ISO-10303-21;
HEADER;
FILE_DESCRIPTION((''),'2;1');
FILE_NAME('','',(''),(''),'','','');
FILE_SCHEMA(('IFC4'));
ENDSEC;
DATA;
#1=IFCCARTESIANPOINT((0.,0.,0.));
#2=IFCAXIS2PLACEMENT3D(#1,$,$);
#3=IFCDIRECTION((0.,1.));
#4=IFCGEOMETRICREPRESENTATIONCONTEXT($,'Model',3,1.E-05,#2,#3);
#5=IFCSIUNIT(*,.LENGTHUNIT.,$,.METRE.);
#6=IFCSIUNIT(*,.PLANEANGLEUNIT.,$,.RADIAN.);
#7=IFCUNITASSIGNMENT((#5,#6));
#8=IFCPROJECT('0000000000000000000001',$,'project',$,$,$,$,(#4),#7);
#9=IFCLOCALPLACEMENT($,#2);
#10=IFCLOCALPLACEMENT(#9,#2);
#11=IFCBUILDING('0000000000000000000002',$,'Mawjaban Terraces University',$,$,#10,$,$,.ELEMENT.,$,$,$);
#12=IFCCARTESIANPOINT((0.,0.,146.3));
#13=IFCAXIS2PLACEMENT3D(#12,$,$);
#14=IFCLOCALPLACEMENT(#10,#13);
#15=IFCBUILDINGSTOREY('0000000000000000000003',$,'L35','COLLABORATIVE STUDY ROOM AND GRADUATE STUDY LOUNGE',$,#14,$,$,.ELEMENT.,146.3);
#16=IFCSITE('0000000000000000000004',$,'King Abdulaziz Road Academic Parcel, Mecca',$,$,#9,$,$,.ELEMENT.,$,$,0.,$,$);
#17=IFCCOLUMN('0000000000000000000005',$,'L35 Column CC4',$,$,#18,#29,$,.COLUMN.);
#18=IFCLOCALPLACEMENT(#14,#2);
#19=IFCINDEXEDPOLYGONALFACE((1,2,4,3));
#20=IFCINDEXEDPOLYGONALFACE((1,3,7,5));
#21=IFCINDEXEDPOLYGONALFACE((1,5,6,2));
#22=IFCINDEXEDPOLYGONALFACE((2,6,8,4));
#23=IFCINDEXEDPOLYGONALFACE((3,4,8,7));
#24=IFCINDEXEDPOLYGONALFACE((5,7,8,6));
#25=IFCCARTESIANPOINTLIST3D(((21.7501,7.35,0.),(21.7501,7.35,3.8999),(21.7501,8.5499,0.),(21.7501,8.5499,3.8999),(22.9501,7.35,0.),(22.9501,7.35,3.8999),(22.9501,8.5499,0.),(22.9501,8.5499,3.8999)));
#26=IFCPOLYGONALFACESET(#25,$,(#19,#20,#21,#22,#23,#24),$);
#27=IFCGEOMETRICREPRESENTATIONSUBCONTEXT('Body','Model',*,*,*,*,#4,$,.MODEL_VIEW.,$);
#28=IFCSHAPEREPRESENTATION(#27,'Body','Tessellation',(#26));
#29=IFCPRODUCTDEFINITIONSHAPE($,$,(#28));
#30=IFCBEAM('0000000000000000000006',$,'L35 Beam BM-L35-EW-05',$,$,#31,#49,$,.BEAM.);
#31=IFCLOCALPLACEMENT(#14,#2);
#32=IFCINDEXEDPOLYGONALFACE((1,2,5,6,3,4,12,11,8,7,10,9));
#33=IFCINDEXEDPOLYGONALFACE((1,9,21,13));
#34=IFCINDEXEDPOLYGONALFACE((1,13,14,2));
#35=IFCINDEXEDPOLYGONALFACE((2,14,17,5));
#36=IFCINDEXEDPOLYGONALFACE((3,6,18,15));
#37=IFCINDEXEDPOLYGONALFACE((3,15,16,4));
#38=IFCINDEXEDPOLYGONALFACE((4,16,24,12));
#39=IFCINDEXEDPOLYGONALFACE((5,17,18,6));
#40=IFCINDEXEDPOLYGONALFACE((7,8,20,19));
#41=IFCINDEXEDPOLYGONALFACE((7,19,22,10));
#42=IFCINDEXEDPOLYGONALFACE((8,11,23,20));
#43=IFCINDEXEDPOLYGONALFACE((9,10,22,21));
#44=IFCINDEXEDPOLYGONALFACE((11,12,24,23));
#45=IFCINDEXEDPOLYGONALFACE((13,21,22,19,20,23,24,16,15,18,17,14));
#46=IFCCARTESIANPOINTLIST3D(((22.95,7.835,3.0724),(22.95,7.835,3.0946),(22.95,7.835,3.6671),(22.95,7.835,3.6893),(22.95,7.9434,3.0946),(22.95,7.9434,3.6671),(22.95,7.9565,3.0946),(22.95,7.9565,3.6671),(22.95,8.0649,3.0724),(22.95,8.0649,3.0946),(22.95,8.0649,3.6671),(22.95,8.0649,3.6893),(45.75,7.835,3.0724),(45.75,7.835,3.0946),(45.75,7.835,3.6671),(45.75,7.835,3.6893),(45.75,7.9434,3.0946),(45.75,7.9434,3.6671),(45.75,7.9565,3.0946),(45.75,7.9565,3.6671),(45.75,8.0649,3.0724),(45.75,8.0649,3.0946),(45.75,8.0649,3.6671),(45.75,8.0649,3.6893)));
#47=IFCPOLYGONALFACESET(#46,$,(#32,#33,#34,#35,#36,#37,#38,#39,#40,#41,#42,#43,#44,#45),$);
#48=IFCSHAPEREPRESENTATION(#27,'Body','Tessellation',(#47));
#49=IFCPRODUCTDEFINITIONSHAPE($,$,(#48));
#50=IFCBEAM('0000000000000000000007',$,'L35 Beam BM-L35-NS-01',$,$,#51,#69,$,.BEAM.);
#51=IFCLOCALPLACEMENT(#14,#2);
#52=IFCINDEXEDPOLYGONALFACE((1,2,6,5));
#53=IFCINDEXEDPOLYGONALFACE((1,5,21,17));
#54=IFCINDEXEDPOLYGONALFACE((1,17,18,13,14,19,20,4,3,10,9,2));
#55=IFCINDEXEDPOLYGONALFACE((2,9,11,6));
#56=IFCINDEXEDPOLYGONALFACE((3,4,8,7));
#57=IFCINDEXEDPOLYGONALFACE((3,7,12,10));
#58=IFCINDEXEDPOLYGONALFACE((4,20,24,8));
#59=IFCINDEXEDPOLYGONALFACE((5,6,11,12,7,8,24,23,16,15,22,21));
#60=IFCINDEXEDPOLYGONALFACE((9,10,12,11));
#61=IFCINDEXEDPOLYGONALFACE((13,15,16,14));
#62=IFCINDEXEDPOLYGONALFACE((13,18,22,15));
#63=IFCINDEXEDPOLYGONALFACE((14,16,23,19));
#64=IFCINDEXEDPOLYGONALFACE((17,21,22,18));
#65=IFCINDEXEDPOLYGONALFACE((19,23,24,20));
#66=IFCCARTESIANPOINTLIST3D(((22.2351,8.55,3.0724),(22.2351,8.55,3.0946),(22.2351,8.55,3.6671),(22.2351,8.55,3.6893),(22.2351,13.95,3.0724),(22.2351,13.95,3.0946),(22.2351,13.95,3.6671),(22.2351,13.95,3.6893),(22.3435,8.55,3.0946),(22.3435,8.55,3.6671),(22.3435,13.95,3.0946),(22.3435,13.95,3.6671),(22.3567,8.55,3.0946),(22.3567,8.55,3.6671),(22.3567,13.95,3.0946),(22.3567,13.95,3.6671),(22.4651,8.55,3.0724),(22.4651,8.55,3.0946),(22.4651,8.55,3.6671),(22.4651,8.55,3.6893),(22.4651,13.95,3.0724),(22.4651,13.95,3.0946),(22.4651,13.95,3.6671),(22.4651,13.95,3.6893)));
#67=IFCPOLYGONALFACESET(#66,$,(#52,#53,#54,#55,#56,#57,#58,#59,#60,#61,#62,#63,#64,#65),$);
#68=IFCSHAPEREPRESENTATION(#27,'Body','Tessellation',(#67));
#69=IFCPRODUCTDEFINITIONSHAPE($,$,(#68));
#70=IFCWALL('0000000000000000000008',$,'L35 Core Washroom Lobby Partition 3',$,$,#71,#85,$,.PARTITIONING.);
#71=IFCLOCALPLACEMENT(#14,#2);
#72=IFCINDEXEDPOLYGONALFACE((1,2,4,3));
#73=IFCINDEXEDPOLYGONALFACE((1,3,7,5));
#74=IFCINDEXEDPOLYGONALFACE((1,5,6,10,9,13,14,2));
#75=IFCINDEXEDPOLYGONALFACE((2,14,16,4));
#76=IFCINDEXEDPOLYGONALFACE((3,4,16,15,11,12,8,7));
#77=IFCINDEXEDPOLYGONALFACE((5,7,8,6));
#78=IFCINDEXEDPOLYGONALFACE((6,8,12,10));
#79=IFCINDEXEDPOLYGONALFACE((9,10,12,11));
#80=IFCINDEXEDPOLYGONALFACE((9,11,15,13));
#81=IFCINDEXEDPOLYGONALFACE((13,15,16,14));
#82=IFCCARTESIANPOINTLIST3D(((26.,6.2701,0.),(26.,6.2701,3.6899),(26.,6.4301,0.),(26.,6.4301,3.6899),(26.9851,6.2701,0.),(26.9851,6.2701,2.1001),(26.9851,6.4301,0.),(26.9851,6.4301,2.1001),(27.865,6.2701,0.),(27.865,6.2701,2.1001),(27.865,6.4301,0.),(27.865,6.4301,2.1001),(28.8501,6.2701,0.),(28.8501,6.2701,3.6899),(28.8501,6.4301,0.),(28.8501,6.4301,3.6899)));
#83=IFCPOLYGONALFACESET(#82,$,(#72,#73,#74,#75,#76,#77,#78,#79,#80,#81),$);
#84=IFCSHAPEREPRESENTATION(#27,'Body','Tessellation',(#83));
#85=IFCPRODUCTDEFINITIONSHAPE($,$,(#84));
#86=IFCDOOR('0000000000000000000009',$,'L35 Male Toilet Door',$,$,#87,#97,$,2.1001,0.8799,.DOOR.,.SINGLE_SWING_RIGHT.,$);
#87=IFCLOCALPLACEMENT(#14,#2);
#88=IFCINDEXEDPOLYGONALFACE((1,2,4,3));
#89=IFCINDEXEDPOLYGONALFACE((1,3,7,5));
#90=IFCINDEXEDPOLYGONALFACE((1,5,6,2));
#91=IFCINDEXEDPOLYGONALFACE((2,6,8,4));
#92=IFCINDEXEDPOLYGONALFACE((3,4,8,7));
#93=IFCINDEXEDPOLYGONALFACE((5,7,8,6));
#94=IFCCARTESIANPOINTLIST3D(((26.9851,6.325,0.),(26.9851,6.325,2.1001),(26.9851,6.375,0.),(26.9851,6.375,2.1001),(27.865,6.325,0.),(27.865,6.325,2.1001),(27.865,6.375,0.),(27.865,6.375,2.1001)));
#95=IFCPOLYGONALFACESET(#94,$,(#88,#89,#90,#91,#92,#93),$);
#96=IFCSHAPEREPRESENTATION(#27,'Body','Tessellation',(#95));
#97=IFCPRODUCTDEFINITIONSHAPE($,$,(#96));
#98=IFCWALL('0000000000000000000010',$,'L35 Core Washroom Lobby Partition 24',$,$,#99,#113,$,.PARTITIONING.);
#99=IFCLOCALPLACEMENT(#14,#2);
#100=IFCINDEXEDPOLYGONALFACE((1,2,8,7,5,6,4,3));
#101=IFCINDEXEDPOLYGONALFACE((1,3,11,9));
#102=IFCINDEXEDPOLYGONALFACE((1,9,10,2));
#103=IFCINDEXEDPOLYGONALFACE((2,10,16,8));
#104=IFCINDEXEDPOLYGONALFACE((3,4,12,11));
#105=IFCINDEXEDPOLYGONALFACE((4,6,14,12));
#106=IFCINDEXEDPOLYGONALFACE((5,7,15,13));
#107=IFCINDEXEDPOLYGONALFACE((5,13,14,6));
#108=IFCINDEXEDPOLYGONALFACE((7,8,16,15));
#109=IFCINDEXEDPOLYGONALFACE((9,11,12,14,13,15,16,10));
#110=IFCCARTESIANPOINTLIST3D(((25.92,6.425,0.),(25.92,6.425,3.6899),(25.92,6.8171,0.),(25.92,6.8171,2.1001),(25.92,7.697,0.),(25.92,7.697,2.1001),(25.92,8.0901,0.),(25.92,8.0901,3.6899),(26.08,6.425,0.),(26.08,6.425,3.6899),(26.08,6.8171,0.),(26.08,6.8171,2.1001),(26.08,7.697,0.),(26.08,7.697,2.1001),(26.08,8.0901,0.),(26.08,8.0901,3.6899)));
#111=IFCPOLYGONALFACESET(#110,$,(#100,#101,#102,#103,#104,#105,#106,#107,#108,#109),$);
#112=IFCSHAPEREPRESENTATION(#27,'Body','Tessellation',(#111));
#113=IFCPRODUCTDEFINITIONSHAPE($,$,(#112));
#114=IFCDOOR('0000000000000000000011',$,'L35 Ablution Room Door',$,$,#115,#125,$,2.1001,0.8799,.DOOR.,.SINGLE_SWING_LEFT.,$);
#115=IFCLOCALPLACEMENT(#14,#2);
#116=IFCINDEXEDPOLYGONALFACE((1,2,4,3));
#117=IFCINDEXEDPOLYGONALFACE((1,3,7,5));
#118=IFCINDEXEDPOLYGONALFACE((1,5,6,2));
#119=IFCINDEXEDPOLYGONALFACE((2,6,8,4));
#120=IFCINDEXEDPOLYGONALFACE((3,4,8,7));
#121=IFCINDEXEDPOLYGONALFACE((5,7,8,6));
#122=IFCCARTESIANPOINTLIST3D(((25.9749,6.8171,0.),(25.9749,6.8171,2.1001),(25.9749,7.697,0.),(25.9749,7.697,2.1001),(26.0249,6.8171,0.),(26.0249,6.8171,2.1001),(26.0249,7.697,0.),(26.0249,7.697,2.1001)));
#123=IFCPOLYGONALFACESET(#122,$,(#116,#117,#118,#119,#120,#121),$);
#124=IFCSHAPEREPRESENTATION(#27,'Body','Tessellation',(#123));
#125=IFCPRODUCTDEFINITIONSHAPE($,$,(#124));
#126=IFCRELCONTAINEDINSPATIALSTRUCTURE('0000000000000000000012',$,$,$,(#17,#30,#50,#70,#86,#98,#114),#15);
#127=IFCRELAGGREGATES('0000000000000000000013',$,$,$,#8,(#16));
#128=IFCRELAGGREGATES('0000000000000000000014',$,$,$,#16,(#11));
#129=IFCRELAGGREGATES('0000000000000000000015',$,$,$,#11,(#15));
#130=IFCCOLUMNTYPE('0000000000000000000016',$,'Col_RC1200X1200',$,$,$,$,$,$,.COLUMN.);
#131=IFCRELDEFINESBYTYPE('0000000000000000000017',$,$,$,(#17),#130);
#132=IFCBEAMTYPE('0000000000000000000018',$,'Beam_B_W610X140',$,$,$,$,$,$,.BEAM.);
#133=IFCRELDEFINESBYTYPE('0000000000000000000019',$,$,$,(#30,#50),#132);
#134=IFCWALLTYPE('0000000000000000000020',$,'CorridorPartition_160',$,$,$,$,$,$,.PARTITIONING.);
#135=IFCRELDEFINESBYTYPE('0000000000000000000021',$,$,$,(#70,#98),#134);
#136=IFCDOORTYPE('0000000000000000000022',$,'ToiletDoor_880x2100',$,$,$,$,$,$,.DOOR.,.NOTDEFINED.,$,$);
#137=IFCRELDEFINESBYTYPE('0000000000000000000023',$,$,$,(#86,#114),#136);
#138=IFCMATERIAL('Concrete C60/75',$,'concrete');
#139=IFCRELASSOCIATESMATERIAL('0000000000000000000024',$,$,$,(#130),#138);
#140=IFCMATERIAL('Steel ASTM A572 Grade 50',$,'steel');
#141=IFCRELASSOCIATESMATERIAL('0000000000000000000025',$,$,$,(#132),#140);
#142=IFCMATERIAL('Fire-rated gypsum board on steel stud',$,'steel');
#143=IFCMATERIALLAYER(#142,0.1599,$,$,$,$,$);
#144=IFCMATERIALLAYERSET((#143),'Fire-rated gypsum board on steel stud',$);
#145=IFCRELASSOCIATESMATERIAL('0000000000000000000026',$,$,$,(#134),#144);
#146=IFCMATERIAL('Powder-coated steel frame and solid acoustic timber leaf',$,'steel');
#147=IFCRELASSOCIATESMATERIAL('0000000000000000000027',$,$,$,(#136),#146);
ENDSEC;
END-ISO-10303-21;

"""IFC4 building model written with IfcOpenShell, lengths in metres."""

from ifc_helpers import new_model, si_unit, direction, frame, frame_2d, origin, origin_2d, place, context, subcontext, project, spatial, rectangle, i_section, extrude, material, layer, layer_set, material_profile, profile_set, type_object, element, fill, save


model = new_model("IFC4")

# Units and contexts
model_context = context("Model", 3, precision=1e-05, world=origin(), true_north=direction((0.0, 1.0)))
body_context = subcontext(model_context, "Body", "Model", "MODEL_VIEW")
ifc_project = project(units=[si_unit("LENGTHUNIT", "METRE"), si_unit("PLANEANGLEUNIT", "RADIAN")], contexts=[model_context])

# Site, building, storey
site_placement = place(None, origin())
site = spatial("IfcSite", under=ifc_project, at=site_placement, Name="King Abdulaziz Road Academic Parcel, Mecca", CompositionType="ELEMENT", RefElevation=0.0)
building_placement = place(site_placement, origin())
building = spatial("IfcBuilding", under=site, at=building_placement, Name="Mawjaban Terraces University", CompositionType="ELEMENT")
storey_placement = place(building_placement, frame((0.0, 0.0, 146.3)))
storey = spatial("IfcBuildingStorey", under=building, at=storey_placement, Name="L35", Description="COLLABORATIVE STUDY ROOM AND GRADUATE STUDY LOUNGE", CompositionType="ELEMENT", Elevation=146.3)

# Column
ifc_material_1 = material(Name="Concrete C60/75", Category="concrete")
ifc_material_profile_1 = material_profile(ifc_material_1, rectangle(XDim=1.2, YDim=1.2, at=origin_2d()), Name="RC1200X1200")
ifc_profile_set_1 = profile_set([ifc_material_profile_1], Name="Concrete C60/75")
column_type = type_object("IfcColumnType", Name="Col_RC1200X1200", PredefinedType="COLUMN", material=ifc_profile_set_1)
column_placement = place(storey_placement, frame((22.3501, 7.95, 0.0), z_axis=(0.0, 0.0, 1.0), x_axis=(1.0, 0.0, 0.0)))
element("IfcColumn", 1, at=column_placement, inside=storey, type_object=column_type, Name="L35 Column CC4", PredefinedType="COLUMN", context=body_context, shape_type="SweptSolid", body=[
    extrude(rectangle(XDim=1.2, YDim=1.2, at=origin_2d()), origin(), (0.0, 0.0, 1.0), 3.8999),
])

# Beams
ifc_material_2 = material(Name="Steel ASTM A572 Grade 50", Category="steel")
ifc_material_profile_2 = material_profile(ifc_material_2, i_section(OverallWidth=0.23, OverallDepth=0.6169, WebThickness=0.0132, FlangeThickness=0.0222, at=origin_2d()), Name="W610X140")
ifc_profile_set_2 = profile_set([ifc_material_profile_2], Name="Steel ASTM A572 Grade 50")
beam_type = type_object("IfcBeamType", Name="Beam_B_W610X140", PredefinedType="BEAM", material=ifc_profile_set_2)
beam_1_placement = place(storey_placement, frame((22.95, 7.95, 3.3809), z_axis=(1.0, 0.0, 0.0), x_axis=(0.0, 1.0, 0.0)))
element("IfcBeam", 2, at=beam_1_placement, inside=storey, type_object=beam_type, Name="L35 Beam BM-L35-EW-05", PredefinedType="BEAM", context=body_context, shape_type="SweptSolid", body=[
    extrude(i_section(OverallWidth=0.23, OverallDepth=0.6169, WebThickness=0.0132, FlangeThickness=0.0222, at=origin_2d()), origin(), (0.0, 0.0, 1.0), 22.8),
])
beam_2_placement = place(storey_placement, frame((22.3501, 8.55, 3.3809), z_axis=(0.0, 1.0, 0.0), x_axis=(-1.0, 0.0, 0.0)))
element("IfcBeam", 3, at=beam_2_placement, inside=storey, type_object=beam_type, Name="L35 Beam BM-L35-NS-01", PredefinedType="BEAM", context=body_context, shape_type="SweptSolid", body=[
    extrude(i_section(OverallWidth=0.23, OverallDepth=0.6169, WebThickness=0.0132, FlangeThickness=0.0222, at=origin_2d()), origin(), (0.0, 0.0, 1.0), 5.3999),
])

# Walls, openings, doors
ifc_material_3 = material(Name="Fire-rated gypsum board on steel stud", Category="steel")
ifc_layer_1 = layer(ifc_material_3, 0.1599)
ifc_layer_set_1 = layer_set([ifc_layer_1], Name="Fire-rated gypsum board on steel stud")
wall_type_1 = type_object("IfcWallType", Name="CorridorPartition_160", PredefinedType="PARTITIONING", material=ifc_layer_set_1)
wall_1_placement = place(storey_placement, frame((26.0, 6.3501, 0.0), z_axis=(0.0, 0.0, 1.0), x_axis=(1.0, 0.0, 0.0)))
wall_1 = element("IfcWall", 4, at=wall_1_placement, inside=storey, type_object=wall_type_1, Name="L35 Core Washroom Lobby Partition 3", PredefinedType="PARTITIONING", context=body_context, shape_type="SweptSolid", body=[
    extrude(rectangle(XDim=2.8501, YDim=0.1599, at=frame_2d((1.425, 0.0))), origin(), (0.0, 0.0, 1.0), 3.6899),
])
opening_1_placement = place(wall_1_placement, frame((0.9851, 0.0, 0.0)))
opening_1 = element("IfcOpeningElement", 5, at=opening_1_placement, cuts=wall_1, PredefinedType="OPENING", context=body_context, shape_type="SweptSolid", body=[
    extrude(rectangle(XDim=0.8799, YDim=2.1001, at=frame_2d((0.4399, 1.05))), frame((0.0, 0.0898, 0.0), z_axis=(0.0, -1.0, 0.0), x_axis=(1.0, 0.0, 0.0)), (0.0, 0.0, 1.0), 0.1799),
])
ifc_material_4 = material(Name="Powder-coated steel frame and solid acoustic timber leaf", Category="steel")
door_type = type_object("IfcDoorType", Name="ToiletDoor_880x2100", OperationType="NOTDEFINED", PredefinedType="DOOR", material=ifc_material_4)
door_1_placement = place(opening_1_placement, origin())
door_1 = element("IfcDoor", 6, at=door_1_placement, inside=storey, type_object=door_type, Name="L35 Male Toilet Door", OperationType="SINGLE_SWING_RIGHT", OverallHeight=2.1001, OverallWidth=0.8799, PredefinedType="DOOR", context=body_context, shape_type="SweptSolid", body=[
    extrude(rectangle(XDim=0.8799, YDim=2.1001, at=frame_2d((0.4399, 1.05))), frame((0.0, 0.0249, 0.0), z_axis=(0.0, -1.0, 0.0), x_axis=(1.0, 0.0, 0.0)), (0.0, 0.0, 1.0), 0.05),
])
fill(opening_1, door_1)
wall_2_placement = place(storey_placement, frame((26.0, 8.0901, 0.0), z_axis=(0.0, 0.0, 1.0), x_axis=(0.0, -1.0, 0.0)))
wall_2 = element("IfcWall", 7, at=wall_2_placement, inside=storey, type_object=wall_type_1, Name="L35 Core Washroom Lobby Partition 24", PredefinedType="PARTITIONING", context=body_context, shape_type="SweptSolid", body=[
    extrude(rectangle(XDim=1.665, YDim=0.1599, at=frame_2d((0.8325, 0.0))), origin(), (0.0, 0.0, 1.0), 3.6899),
])
opening_2_placement = place(wall_2_placement, frame((0.3931, 0.0, 0.0)))
opening_2 = element("IfcOpeningElement", 8, at=opening_2_placement, cuts=wall_2, PredefinedType="OPENING", context=body_context, shape_type="SweptSolid", body=[
    extrude(rectangle(XDim=0.8799, YDim=2.1001, at=frame_2d((0.4399, 1.05))), frame((0.0, 0.0898, 0.0), z_axis=(0.0, -1.0, 0.0), x_axis=(1.0, 0.0, 0.0)), (0.0, 0.0, 1.0), 0.1799),
])
door_2_placement = place(opening_2_placement, origin())
door_2 = element("IfcDoor", 9, at=door_2_placement, inside=storey, type_object=door_type, Name="L35 Ablution Room Door", OperationType="SINGLE_SWING_LEFT", OverallHeight=2.1001, OverallWidth=0.8799, PredefinedType="DOOR", context=body_context, shape_type="SweptSolid", body=[
    extrude(rectangle(XDim=0.8799, YDim=2.1001, at=frame_2d((0.4399, 1.05))), frame((0.0, 0.0249, 0.0), z_axis=(0.0, -1.0, 0.0), x_axis=(1.0, 0.0, 0.0)), (0.0, 0.0, 1.0), 0.05),
])
fill(opening_2, door_2)

save(model, "model.ifc")
